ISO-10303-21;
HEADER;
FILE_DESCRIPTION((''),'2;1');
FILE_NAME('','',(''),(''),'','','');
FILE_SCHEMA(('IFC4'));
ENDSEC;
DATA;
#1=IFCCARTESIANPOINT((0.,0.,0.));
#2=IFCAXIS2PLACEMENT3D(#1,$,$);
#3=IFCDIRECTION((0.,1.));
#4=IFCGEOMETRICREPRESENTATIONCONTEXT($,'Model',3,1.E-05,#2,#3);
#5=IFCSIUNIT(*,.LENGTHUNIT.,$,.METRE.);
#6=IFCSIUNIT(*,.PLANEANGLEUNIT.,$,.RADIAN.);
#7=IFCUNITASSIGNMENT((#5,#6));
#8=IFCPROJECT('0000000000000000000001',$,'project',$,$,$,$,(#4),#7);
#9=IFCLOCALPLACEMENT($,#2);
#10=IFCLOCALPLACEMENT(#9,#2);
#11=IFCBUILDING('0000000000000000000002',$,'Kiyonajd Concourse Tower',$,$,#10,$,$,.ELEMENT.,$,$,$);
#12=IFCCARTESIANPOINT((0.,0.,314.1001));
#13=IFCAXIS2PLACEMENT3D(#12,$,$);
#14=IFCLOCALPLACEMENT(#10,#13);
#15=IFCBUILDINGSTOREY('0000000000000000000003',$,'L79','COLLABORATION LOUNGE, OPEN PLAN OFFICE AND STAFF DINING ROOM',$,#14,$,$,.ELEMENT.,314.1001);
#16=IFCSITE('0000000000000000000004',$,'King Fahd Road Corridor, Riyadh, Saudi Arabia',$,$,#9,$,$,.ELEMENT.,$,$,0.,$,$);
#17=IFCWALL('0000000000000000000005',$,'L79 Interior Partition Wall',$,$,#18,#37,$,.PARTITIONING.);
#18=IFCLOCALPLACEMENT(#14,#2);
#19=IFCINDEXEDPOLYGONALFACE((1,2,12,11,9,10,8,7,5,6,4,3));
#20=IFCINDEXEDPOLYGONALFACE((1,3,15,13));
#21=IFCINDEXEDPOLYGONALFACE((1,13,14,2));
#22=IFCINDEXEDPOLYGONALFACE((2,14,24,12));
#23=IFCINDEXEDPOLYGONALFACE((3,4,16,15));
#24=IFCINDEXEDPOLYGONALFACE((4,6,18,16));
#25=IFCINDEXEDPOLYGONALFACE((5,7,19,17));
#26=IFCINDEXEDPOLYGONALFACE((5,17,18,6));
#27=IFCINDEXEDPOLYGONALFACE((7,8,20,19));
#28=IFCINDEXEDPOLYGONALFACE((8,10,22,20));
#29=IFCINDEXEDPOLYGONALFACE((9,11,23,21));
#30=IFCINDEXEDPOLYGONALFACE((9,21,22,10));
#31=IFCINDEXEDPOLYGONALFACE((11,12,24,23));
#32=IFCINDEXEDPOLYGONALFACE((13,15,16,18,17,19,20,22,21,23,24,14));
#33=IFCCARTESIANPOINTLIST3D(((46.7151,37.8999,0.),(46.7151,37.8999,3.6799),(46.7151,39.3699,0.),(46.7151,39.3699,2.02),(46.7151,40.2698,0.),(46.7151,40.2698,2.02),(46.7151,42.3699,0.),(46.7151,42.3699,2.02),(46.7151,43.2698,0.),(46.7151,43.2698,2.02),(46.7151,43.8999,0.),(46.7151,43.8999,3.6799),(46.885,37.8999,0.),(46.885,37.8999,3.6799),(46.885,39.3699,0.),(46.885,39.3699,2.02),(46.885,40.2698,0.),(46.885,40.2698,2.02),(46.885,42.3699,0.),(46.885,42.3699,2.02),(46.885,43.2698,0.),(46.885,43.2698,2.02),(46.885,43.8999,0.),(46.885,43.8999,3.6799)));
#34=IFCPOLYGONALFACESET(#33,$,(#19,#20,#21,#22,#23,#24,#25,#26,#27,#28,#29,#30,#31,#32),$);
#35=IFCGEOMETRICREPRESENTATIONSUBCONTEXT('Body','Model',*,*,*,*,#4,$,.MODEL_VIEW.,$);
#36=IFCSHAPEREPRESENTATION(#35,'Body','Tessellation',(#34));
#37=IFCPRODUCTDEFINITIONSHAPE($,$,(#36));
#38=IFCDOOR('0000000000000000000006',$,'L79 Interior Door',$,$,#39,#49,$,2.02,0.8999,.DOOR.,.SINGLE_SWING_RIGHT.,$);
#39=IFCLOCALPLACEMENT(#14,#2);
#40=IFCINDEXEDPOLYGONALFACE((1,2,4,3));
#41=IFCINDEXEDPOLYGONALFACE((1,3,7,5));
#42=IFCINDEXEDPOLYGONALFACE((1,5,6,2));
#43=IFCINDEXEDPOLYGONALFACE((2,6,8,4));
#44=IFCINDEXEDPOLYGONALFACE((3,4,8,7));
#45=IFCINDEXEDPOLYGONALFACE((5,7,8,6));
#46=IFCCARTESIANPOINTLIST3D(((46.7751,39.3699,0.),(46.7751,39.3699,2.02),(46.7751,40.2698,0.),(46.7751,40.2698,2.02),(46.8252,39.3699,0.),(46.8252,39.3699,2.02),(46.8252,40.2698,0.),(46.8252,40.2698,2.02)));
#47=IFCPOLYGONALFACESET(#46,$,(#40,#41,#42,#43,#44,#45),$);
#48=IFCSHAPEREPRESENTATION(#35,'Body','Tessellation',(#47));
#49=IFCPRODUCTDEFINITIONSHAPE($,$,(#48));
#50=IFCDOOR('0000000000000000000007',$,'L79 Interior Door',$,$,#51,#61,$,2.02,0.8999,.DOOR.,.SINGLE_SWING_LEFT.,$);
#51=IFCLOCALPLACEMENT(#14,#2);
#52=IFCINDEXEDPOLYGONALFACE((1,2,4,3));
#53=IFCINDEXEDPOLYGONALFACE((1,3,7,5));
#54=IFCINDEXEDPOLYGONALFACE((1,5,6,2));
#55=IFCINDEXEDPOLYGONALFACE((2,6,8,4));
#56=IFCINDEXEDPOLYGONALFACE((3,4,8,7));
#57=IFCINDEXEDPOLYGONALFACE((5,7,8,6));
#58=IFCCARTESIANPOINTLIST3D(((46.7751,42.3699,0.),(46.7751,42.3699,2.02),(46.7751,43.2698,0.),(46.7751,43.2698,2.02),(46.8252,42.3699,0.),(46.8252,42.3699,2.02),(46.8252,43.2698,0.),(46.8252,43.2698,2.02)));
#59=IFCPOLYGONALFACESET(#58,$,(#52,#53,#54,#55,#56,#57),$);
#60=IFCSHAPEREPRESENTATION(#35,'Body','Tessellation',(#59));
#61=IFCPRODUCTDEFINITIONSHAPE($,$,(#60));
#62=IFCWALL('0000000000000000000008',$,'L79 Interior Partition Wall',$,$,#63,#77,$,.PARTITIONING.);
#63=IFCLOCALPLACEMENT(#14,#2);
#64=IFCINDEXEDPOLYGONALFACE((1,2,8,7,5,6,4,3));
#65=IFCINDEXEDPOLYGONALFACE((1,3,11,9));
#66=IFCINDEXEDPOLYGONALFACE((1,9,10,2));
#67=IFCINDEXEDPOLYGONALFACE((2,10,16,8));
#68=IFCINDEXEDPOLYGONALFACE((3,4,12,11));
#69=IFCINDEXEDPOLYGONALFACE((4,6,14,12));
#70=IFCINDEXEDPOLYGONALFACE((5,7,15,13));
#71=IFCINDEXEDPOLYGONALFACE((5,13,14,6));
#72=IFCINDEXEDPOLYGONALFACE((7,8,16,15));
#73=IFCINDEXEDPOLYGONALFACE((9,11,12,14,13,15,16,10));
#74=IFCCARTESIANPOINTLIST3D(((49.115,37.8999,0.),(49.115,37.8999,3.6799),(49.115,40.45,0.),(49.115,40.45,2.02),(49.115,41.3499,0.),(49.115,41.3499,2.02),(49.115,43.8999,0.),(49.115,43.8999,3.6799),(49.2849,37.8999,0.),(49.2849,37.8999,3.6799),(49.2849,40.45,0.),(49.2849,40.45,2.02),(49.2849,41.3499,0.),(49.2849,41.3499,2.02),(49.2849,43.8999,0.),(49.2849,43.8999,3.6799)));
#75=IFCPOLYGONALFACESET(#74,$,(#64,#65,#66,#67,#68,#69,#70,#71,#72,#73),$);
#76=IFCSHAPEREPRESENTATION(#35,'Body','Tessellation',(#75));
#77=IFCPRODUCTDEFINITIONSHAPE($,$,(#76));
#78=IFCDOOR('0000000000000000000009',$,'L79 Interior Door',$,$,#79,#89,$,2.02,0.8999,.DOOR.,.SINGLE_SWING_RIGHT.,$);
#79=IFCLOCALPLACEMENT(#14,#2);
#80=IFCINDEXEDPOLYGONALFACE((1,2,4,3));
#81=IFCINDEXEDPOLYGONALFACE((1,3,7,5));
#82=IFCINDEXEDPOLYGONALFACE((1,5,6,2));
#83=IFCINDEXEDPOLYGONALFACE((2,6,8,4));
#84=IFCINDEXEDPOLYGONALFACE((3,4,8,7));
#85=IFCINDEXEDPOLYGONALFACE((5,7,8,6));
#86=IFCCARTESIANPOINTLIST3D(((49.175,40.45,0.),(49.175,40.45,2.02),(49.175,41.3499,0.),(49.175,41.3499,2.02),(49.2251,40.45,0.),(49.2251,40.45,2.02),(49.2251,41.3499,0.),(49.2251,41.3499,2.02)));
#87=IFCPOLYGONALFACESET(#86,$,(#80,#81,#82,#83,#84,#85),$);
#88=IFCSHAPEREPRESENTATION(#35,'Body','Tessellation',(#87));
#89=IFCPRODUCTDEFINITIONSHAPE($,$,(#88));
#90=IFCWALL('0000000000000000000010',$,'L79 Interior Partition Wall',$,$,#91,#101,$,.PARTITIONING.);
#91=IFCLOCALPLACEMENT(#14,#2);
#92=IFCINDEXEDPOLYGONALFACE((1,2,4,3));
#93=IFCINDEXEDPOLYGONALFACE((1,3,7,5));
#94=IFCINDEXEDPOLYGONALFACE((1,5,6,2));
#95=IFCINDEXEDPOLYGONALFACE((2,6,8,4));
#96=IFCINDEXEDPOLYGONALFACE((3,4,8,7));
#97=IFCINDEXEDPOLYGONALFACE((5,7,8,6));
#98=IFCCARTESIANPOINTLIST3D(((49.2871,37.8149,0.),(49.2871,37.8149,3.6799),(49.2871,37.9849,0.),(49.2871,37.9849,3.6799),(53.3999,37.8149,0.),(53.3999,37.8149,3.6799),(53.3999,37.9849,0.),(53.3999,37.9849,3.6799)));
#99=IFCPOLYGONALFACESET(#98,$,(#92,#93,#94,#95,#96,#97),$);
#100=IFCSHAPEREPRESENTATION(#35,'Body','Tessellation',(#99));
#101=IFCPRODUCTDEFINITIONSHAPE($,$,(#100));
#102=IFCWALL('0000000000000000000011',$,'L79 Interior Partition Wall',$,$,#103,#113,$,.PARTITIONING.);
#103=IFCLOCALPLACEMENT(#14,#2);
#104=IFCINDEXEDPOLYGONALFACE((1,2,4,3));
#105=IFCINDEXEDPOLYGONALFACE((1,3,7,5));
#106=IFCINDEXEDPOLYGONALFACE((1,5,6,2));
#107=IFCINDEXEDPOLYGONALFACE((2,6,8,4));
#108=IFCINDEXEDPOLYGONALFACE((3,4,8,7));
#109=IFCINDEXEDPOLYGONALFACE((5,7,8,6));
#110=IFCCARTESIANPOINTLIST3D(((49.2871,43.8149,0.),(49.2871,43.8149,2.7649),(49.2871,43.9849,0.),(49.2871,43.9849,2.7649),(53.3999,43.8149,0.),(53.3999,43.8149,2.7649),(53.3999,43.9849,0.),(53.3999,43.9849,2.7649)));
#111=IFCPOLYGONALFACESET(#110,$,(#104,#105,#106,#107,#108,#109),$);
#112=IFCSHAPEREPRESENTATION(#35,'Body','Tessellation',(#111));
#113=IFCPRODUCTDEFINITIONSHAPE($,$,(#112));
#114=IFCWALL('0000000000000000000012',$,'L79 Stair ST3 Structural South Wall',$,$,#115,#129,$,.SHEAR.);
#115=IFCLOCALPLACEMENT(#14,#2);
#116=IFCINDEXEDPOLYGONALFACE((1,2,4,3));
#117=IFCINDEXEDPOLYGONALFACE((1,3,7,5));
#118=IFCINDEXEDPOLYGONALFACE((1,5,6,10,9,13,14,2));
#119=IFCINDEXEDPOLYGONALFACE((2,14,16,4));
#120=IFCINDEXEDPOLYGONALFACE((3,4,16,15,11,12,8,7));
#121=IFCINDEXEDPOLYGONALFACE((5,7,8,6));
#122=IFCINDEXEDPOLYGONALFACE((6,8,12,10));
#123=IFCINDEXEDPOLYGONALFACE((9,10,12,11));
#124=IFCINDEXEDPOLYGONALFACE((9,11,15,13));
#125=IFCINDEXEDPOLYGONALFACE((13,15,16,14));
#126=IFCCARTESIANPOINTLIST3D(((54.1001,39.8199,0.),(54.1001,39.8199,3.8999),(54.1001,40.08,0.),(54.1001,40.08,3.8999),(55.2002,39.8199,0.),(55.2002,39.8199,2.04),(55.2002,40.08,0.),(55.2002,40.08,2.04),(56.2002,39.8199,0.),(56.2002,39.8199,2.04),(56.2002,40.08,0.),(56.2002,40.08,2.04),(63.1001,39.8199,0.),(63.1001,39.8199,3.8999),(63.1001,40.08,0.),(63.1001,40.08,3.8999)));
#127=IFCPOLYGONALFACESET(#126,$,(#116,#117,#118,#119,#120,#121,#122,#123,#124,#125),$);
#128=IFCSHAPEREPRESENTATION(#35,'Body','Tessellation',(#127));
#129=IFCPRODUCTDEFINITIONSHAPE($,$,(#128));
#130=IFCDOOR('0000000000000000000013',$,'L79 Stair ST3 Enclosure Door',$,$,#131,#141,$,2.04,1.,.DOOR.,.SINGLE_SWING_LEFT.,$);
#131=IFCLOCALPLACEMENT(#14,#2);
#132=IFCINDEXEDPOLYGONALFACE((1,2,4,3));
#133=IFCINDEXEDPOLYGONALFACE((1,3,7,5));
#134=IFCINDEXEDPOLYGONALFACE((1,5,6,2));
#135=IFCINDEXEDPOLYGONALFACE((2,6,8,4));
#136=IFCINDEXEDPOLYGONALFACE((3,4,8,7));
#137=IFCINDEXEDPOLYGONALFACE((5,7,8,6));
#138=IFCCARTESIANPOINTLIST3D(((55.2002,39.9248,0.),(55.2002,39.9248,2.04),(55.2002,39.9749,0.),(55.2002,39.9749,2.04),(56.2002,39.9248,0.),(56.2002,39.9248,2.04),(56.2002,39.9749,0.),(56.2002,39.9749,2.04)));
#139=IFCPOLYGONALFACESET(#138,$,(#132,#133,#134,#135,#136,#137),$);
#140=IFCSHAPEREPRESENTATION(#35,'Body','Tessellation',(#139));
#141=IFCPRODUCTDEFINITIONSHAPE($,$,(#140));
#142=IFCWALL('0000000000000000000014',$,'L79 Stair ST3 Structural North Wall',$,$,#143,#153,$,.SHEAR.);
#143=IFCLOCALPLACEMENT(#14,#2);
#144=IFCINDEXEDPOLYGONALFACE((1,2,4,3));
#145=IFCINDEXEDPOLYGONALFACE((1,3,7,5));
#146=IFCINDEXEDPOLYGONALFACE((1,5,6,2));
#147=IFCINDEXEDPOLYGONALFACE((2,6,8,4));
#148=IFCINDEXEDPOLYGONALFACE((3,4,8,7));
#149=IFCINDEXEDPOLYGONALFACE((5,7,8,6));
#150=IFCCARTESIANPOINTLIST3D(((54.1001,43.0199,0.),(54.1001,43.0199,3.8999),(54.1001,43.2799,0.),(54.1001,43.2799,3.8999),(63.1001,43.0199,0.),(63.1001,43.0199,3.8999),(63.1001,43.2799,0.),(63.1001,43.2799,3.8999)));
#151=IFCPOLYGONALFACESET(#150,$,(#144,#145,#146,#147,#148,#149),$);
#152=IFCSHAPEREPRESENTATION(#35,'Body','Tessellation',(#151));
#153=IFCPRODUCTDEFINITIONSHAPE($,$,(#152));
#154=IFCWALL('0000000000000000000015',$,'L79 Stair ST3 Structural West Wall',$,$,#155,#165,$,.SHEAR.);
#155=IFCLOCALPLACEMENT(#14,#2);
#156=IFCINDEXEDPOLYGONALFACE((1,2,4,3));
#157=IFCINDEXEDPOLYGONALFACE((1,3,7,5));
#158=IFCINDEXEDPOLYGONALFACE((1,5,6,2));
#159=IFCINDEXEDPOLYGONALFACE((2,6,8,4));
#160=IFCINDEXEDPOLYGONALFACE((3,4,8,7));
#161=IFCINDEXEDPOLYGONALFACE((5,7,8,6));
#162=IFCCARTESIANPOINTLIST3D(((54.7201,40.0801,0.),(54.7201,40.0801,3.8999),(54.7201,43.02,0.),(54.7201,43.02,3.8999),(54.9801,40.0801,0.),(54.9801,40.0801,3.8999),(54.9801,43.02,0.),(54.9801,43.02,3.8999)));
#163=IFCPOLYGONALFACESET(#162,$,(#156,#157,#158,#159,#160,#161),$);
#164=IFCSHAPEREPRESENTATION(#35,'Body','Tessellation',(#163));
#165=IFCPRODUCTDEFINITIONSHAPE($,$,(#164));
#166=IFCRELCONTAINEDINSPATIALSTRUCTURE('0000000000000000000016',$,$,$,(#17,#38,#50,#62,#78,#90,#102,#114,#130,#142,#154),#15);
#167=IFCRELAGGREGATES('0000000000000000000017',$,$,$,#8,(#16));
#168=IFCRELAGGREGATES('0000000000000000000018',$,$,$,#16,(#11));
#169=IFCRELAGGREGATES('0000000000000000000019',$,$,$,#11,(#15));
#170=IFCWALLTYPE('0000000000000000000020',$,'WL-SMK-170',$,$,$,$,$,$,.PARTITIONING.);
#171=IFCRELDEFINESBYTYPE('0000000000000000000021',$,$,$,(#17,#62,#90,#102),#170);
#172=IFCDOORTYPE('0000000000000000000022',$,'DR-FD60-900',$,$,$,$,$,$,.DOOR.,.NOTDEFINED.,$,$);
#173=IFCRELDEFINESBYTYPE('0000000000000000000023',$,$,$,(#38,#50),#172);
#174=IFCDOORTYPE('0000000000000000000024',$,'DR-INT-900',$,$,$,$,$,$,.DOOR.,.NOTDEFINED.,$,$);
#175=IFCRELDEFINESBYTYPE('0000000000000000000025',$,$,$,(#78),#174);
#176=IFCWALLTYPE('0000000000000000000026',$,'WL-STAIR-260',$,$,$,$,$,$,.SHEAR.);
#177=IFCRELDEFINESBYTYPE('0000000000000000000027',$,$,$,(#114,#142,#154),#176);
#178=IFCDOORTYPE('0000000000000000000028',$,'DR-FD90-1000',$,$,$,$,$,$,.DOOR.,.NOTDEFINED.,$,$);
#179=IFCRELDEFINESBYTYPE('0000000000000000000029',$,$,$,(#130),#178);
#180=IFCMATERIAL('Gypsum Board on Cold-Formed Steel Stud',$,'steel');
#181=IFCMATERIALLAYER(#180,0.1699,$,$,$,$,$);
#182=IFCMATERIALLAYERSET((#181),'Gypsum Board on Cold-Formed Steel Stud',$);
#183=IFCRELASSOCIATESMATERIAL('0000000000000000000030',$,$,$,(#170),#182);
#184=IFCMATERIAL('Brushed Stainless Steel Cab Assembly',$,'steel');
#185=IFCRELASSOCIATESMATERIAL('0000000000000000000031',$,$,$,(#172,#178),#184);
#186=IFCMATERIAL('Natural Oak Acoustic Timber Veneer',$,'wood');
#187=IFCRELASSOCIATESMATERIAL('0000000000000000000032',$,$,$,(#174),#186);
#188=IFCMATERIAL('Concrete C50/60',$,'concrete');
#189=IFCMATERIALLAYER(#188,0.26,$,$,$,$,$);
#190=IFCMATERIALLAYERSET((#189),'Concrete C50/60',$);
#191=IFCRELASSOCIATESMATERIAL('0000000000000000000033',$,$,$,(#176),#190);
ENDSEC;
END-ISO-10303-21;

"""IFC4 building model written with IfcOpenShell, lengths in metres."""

from ifc_helpers import new_model, si_unit, direction, frame, frame_2d, origin, place, context, subcontext, project, spatial, rectangle, extrude, material, layer, layer_set, type_object, element, fill, save


model = new_model("IFC4")

# Units and contexts
model_context = context("Model", 3, precision=1e-05, world=origin(), true_north=direction((0.0, 1.0)))
body_context = subcontext(model_context, "Body", "Model", "MODEL_VIEW")
ifc_project = project(units=[si_unit("LENGTHUNIT", "METRE"), si_unit("PLANEANGLEUNIT", "RADIAN")], contexts=[model_context])

# Site, building, storey
site_placement = place(None, origin())
site = spatial("IfcSite", under=ifc_project, at=site_placement, Name="King Fahd Road Corridor, Riyadh, Saudi Arabia", CompositionType="ELEMENT", RefElevation=0.0)
building_placement = place(site_placement, origin())
building = spatial("IfcBuilding", under=site, at=building_placement, Name="Kiyonajd Concourse Tower", CompositionType="ELEMENT")
storey_placement = place(building_placement, frame((0.0, 0.0, 314.1001)))
storey = spatial("IfcBuildingStorey", under=building, at=storey_placement, Name="L79", Description="COLLABORATION LOUNGE, OPEN PLAN OFFICE AND STAFF DINING ROOM", CompositionType="ELEMENT", Elevation=314.1001)

# Shared definitions
ifc_material_1 = material(Name="Concrete C50/60", Category="concrete")

# Shared definitions
ifc_material_2 = material(Name="Gypsum Board on Cold-Formed Steel Stud", Category="steel")
ifc_material_3 = material(Name="Brushed Stainless Steel Cab Assembly", Category="steel")

# Wall, openings, doors
ifc_layer_1 = layer(ifc_material_2, 0.1699)
ifc_layer_set_1 = layer_set([ifc_layer_1], Name="Gypsum Board on Cold-Formed Steel Stud")
wall_type_1 = type_object("IfcWallType", Name="WL-SMK-170", PredefinedType="PARTITIONING", material=ifc_layer_set_1)
wall_1_placement = place(storey_placement, frame((46.8, 37.8999, 0.0), z_axis=(0.0, 0.0, 1.0), x_axis=(0.0, 1.0, 0.0)))
wall_1 = element("IfcWall", 1, at=wall_1_placement, inside=storey, type_object=wall_type_1, Name="L79 Interior Partition Wall", PredefinedType="PARTITIONING", context=body_context, shape_type="SweptSolid", body=[
    extrude(rectangle(XDim=6.0, YDim=0.1699, at=frame_2d((3.0, 0.0))), origin(), (0.0, 0.0, 1.0), 3.6799),
])
opening_1_placement = place(wall_1_placement, frame((1.47, 0.0, 0.0)))
opening_1 = element("IfcOpeningElement", 2, at=opening_1_placement, cuts=wall_1, PredefinedType="OPENING", context=body_context, shape_type="SweptSolid", body=[
    extrude(rectangle(XDim=0.8999, YDim=2.02, at=frame_2d((0.45, 1.01))), frame((0.0, 0.095, 0.0), z_axis=(0.0, -1.0, 0.0), x_axis=(1.0, 0.0, 0.0)), (0.0, 0.0, 1.0), 0.1899),
])
opening_2_placement = place(wall_1_placement, frame((4.47, 0.0, 0.0)))
opening_2 = element("IfcOpeningElement", 3, at=opening_2_placement, cuts=wall_1, PredefinedType="OPENING", context=body_context, shape_type="SweptSolid", body=[
    extrude(rectangle(XDim=0.8999, YDim=2.02, at=frame_2d((0.45, 1.01))), frame((0.0, 0.095, 0.0), z_axis=(0.0, -1.0, 0.0), x_axis=(1.0, 0.0, 0.0)), (0.0, 0.0, 1.0), 0.1899),
])
door_type_1 = type_object("IfcDoorType", Name="DR-FD60-900", OperationType="NOTDEFINED", PredefinedType="DOOR", material=ifc_material_3)
door_1_placement = place(opening_1_placement, origin())
door_1 = element("IfcDoor", 4, at=door_1_placement, inside=storey, type_object=door_type_1, Name="L79 Interior Door", OperationType="SINGLE_SWING_RIGHT", OverallHeight=2.02, OverallWidth=0.8999, PredefinedType="DOOR", context=body_context, shape_type="SweptSolid", body=[
    extrude(rectangle(XDim=0.8999, YDim=2.02, at=frame_2d((0.45, 1.01))), frame((0.0, 0.0249, 0.0), z_axis=(0.0, -1.0, 0.0), x_axis=(1.0, 0.0, 0.0)), (0.0, 0.0, 1.0), 0.05),
])
fill(opening_1, door_1)
door_2_placement = place(opening_2_placement, origin())
door_2 = element("IfcDoor", 5, at=door_2_placement, inside=storey, type_object=door_type_1, Name="L79 Interior Door", OperationType="SINGLE_SWING_LEFT", OverallHeight=2.02, OverallWidth=0.8999, PredefinedType="DOOR", context=body_context, shape_type="SweptSolid", body=[
    extrude(rectangle(XDim=0.8999, YDim=2.02, at=frame_2d((0.45, 1.01))), frame((0.0, 0.0249, 0.0), z_axis=(0.0, -1.0, 0.0), x_axis=(1.0, 0.0, 0.0)), (0.0, 0.0, 1.0), 0.05),
])
fill(opening_2, door_2)

# Wall, opening, door
wall_2_placement = place(storey_placement, frame((49.2, 37.8999, 0.0), z_axis=(0.0, 0.0, 1.0), x_axis=(0.0, 1.0, 0.0)))
wall_2 = element("IfcWall", 6, at=wall_2_placement, inside=storey, type_object=wall_type_1, Name="L79 Interior Partition Wall", PredefinedType="PARTITIONING", context=body_context, shape_type="SweptSolid", body=[
    extrude(rectangle(XDim=6.0, YDim=0.1699, at=frame_2d((3.0, 0.0))), origin(), (0.0, 0.0, 1.0), 3.6799),
])
opening_3_placement = place(wall_2_placement, frame((2.55, 0.0, 0.0)))
opening_3 = element("IfcOpeningElement", 7, at=opening_3_placement, cuts=wall_2, PredefinedType="OPENING", context=body_context, shape_type="SweptSolid", body=[
    extrude(rectangle(XDim=0.8999, YDim=2.02, at=frame_2d((0.45, 1.01))), frame((0.0, 0.095, 0.0), z_axis=(0.0, -1.0, 0.0), x_axis=(1.0, 0.0, 0.0)), (0.0, 0.0, 1.0), 0.1899),
])
ifc_material_4 = material(Name="Natural Oak Acoustic Timber Veneer", Category="wood")
door_type_2 = type_object("IfcDoorType", Name="DR-INT-900", OperationType="NOTDEFINED", PredefinedType="DOOR", material=ifc_material_4)
door_3_placement = place(opening_3_placement, origin())
door_3 = element("IfcDoor", 8, at=door_3_placement, inside=storey, type_object=door_type_2, Name="L79 Interior Door", OperationType="SINGLE_SWING_RIGHT", OverallHeight=2.02, OverallWidth=0.8999, PredefinedType="DOOR", context=body_context, shape_type="SweptSolid", body=[
    extrude(rectangle(XDim=0.8999, YDim=2.02, at=frame_2d((0.45, 1.01))), frame((0.0, 0.0249, 0.0), z_axis=(0.0, -1.0, 0.0), x_axis=(1.0, 0.0, 0.0)), (0.0, 0.0, 1.0), 0.05),
])
fill(opening_3, door_3)

# Walls
wall_3_placement = place(storey_placement, frame((49.2871, 37.8999, 0.0), z_axis=(0.0, 0.0, 1.0), x_axis=(1.0, 0.0, 0.0)))
element("IfcWall", 9, at=wall_3_placement, inside=storey, type_object=wall_type_1, Name="L79 Interior Partition Wall", PredefinedType="PARTITIONING", context=body_context, shape_type="SweptSolid", body=[
    extrude(rectangle(XDim=4.1128, YDim=0.1699, at=frame_2d((2.0564, 0.0))), origin(), (0.0, 0.0, 1.0), 3.6799),
])
wall_4_placement = place(storey_placement, frame((49.2871, 43.8999, 0.0), z_axis=(0.0, 0.0, 1.0), x_axis=(1.0, 0.0, 0.0)))
element("IfcWall", 10, at=wall_4_placement, inside=storey, type_object=wall_type_1, Name="L79 Interior Partition Wall", PredefinedType="PARTITIONING", context=body_context, shape_type="SweptSolid", body=[
    extrude(rectangle(XDim=4.1128, YDim=0.1699, at=frame_2d((2.0564, 0.0))), origin(), (0.0, 0.0, 1.0), 2.7649),
])

# Wall, opening, door
ifc_layer_2 = layer(ifc_material_1, 0.26)
ifc_layer_set_2 = layer_set([ifc_layer_2], Name="Concrete C50/60")
wall_type_2 = type_object("IfcWallType", Name="WL-STAIR-260", PredefinedType="SHEAR", material=ifc_layer_set_2)
wall_5_placement = place(storey_placement, frame((54.1001, 39.95, 0.0), z_axis=(0.0, 0.0, 1.0), x_axis=(1.0, 0.0, 0.0)))
wall_5 = element("IfcWall", 11, at=wall_5_placement, inside=storey, type_object=wall_type_2, Name="L79 Stair ST3 Structural South Wall", PredefinedType="SHEAR", context=body_context, shape_type="SweptSolid", body=[
    extrude(rectangle(XDim=9.0, YDim=0.26, at=frame_2d((4.5, 0.0))), origin(), (0.0, 0.0, 1.0), 3.8999),
])
opening_4_placement = place(wall_5_placement, frame((1.1001, 0.0, 0.0)))
opening_4 = element("IfcOpeningElement", 12, at=opening_4_placement, cuts=wall_5, PredefinedType="OPENING", context=body_context, shape_type="SweptSolid", body=[
    extrude(rectangle(XDim=1.0, YDim=2.04, at=frame_2d((0.5, 1.02))), frame((0.0, 0.1399, 0.0), z_axis=(0.0, -1.0, 0.0), x_axis=(1.0, 0.0, 0.0)), (0.0, 0.0, 1.0), 0.28),
])
door_type_3 = type_object("IfcDoorType", Name="DR-FD90-1000", OperationType="NOTDEFINED", PredefinedType="DOOR", material=ifc_material_3)
door_4_placement = place(opening_4_placement, origin())
door_4 = element("IfcDoor", 13, at=door_4_placement, inside=storey, type_object=door_type_3, Name="L79 Stair ST3 Enclosure Door", OperationType="SINGLE_SWING_LEFT", OverallHeight=2.04, OverallWidth=1.0, PredefinedType="DOOR", context=body_context, shape_type="SweptSolid", body=[
    extrude(rectangle(XDim=1.0, YDim=2.04, at=frame_2d((0.5, 1.02))), frame((0.0, 0.0249, 0.0), z_axis=(0.0, -1.0, 0.0), x_axis=(1.0, 0.0, 0.0)), (0.0, 0.0, 1.0), 0.05),
])
fill(opening_4, door_4)

# Walls
wall_6_placement = place(storey_placement, frame((54.1001, 43.1499, 0.0), z_axis=(0.0, 0.0, 1.0), x_axis=(1.0, 0.0, 0.0)))
element("IfcWall", 14, at=wall_6_placement, inside=storey, type_object=wall_type_2, Name="L79 Stair ST3 Structural North Wall", PredefinedType="SHEAR", context=body_context, shape_type="SweptSolid", body=[
    extrude(rectangle(XDim=9.0, YDim=0.26, at=frame_2d((4.5, 0.0))), origin(), (0.0, 0.0, 1.0), 3.8999),
])
wall_7_placement = place(storey_placement, frame((54.8501, 40.0801, 0.0), z_axis=(0.0, 0.0, 1.0), x_axis=(0.0, 1.0, 0.0)))
element("IfcWall", 15, at=wall_7_placement, inside=storey, type_object=wall_type_2, Name="L79 Stair ST3 Structural West Wall", PredefinedType="SHEAR", context=body_context, shape_type="SweptSolid", body=[
    extrude(rectangle(XDim=2.9399, YDim=0.26, at=frame_2d((1.47, 0.0))), origin(), (0.0, 0.0, 1.0), 3.8999),
])

save(model, "model.ifc")
